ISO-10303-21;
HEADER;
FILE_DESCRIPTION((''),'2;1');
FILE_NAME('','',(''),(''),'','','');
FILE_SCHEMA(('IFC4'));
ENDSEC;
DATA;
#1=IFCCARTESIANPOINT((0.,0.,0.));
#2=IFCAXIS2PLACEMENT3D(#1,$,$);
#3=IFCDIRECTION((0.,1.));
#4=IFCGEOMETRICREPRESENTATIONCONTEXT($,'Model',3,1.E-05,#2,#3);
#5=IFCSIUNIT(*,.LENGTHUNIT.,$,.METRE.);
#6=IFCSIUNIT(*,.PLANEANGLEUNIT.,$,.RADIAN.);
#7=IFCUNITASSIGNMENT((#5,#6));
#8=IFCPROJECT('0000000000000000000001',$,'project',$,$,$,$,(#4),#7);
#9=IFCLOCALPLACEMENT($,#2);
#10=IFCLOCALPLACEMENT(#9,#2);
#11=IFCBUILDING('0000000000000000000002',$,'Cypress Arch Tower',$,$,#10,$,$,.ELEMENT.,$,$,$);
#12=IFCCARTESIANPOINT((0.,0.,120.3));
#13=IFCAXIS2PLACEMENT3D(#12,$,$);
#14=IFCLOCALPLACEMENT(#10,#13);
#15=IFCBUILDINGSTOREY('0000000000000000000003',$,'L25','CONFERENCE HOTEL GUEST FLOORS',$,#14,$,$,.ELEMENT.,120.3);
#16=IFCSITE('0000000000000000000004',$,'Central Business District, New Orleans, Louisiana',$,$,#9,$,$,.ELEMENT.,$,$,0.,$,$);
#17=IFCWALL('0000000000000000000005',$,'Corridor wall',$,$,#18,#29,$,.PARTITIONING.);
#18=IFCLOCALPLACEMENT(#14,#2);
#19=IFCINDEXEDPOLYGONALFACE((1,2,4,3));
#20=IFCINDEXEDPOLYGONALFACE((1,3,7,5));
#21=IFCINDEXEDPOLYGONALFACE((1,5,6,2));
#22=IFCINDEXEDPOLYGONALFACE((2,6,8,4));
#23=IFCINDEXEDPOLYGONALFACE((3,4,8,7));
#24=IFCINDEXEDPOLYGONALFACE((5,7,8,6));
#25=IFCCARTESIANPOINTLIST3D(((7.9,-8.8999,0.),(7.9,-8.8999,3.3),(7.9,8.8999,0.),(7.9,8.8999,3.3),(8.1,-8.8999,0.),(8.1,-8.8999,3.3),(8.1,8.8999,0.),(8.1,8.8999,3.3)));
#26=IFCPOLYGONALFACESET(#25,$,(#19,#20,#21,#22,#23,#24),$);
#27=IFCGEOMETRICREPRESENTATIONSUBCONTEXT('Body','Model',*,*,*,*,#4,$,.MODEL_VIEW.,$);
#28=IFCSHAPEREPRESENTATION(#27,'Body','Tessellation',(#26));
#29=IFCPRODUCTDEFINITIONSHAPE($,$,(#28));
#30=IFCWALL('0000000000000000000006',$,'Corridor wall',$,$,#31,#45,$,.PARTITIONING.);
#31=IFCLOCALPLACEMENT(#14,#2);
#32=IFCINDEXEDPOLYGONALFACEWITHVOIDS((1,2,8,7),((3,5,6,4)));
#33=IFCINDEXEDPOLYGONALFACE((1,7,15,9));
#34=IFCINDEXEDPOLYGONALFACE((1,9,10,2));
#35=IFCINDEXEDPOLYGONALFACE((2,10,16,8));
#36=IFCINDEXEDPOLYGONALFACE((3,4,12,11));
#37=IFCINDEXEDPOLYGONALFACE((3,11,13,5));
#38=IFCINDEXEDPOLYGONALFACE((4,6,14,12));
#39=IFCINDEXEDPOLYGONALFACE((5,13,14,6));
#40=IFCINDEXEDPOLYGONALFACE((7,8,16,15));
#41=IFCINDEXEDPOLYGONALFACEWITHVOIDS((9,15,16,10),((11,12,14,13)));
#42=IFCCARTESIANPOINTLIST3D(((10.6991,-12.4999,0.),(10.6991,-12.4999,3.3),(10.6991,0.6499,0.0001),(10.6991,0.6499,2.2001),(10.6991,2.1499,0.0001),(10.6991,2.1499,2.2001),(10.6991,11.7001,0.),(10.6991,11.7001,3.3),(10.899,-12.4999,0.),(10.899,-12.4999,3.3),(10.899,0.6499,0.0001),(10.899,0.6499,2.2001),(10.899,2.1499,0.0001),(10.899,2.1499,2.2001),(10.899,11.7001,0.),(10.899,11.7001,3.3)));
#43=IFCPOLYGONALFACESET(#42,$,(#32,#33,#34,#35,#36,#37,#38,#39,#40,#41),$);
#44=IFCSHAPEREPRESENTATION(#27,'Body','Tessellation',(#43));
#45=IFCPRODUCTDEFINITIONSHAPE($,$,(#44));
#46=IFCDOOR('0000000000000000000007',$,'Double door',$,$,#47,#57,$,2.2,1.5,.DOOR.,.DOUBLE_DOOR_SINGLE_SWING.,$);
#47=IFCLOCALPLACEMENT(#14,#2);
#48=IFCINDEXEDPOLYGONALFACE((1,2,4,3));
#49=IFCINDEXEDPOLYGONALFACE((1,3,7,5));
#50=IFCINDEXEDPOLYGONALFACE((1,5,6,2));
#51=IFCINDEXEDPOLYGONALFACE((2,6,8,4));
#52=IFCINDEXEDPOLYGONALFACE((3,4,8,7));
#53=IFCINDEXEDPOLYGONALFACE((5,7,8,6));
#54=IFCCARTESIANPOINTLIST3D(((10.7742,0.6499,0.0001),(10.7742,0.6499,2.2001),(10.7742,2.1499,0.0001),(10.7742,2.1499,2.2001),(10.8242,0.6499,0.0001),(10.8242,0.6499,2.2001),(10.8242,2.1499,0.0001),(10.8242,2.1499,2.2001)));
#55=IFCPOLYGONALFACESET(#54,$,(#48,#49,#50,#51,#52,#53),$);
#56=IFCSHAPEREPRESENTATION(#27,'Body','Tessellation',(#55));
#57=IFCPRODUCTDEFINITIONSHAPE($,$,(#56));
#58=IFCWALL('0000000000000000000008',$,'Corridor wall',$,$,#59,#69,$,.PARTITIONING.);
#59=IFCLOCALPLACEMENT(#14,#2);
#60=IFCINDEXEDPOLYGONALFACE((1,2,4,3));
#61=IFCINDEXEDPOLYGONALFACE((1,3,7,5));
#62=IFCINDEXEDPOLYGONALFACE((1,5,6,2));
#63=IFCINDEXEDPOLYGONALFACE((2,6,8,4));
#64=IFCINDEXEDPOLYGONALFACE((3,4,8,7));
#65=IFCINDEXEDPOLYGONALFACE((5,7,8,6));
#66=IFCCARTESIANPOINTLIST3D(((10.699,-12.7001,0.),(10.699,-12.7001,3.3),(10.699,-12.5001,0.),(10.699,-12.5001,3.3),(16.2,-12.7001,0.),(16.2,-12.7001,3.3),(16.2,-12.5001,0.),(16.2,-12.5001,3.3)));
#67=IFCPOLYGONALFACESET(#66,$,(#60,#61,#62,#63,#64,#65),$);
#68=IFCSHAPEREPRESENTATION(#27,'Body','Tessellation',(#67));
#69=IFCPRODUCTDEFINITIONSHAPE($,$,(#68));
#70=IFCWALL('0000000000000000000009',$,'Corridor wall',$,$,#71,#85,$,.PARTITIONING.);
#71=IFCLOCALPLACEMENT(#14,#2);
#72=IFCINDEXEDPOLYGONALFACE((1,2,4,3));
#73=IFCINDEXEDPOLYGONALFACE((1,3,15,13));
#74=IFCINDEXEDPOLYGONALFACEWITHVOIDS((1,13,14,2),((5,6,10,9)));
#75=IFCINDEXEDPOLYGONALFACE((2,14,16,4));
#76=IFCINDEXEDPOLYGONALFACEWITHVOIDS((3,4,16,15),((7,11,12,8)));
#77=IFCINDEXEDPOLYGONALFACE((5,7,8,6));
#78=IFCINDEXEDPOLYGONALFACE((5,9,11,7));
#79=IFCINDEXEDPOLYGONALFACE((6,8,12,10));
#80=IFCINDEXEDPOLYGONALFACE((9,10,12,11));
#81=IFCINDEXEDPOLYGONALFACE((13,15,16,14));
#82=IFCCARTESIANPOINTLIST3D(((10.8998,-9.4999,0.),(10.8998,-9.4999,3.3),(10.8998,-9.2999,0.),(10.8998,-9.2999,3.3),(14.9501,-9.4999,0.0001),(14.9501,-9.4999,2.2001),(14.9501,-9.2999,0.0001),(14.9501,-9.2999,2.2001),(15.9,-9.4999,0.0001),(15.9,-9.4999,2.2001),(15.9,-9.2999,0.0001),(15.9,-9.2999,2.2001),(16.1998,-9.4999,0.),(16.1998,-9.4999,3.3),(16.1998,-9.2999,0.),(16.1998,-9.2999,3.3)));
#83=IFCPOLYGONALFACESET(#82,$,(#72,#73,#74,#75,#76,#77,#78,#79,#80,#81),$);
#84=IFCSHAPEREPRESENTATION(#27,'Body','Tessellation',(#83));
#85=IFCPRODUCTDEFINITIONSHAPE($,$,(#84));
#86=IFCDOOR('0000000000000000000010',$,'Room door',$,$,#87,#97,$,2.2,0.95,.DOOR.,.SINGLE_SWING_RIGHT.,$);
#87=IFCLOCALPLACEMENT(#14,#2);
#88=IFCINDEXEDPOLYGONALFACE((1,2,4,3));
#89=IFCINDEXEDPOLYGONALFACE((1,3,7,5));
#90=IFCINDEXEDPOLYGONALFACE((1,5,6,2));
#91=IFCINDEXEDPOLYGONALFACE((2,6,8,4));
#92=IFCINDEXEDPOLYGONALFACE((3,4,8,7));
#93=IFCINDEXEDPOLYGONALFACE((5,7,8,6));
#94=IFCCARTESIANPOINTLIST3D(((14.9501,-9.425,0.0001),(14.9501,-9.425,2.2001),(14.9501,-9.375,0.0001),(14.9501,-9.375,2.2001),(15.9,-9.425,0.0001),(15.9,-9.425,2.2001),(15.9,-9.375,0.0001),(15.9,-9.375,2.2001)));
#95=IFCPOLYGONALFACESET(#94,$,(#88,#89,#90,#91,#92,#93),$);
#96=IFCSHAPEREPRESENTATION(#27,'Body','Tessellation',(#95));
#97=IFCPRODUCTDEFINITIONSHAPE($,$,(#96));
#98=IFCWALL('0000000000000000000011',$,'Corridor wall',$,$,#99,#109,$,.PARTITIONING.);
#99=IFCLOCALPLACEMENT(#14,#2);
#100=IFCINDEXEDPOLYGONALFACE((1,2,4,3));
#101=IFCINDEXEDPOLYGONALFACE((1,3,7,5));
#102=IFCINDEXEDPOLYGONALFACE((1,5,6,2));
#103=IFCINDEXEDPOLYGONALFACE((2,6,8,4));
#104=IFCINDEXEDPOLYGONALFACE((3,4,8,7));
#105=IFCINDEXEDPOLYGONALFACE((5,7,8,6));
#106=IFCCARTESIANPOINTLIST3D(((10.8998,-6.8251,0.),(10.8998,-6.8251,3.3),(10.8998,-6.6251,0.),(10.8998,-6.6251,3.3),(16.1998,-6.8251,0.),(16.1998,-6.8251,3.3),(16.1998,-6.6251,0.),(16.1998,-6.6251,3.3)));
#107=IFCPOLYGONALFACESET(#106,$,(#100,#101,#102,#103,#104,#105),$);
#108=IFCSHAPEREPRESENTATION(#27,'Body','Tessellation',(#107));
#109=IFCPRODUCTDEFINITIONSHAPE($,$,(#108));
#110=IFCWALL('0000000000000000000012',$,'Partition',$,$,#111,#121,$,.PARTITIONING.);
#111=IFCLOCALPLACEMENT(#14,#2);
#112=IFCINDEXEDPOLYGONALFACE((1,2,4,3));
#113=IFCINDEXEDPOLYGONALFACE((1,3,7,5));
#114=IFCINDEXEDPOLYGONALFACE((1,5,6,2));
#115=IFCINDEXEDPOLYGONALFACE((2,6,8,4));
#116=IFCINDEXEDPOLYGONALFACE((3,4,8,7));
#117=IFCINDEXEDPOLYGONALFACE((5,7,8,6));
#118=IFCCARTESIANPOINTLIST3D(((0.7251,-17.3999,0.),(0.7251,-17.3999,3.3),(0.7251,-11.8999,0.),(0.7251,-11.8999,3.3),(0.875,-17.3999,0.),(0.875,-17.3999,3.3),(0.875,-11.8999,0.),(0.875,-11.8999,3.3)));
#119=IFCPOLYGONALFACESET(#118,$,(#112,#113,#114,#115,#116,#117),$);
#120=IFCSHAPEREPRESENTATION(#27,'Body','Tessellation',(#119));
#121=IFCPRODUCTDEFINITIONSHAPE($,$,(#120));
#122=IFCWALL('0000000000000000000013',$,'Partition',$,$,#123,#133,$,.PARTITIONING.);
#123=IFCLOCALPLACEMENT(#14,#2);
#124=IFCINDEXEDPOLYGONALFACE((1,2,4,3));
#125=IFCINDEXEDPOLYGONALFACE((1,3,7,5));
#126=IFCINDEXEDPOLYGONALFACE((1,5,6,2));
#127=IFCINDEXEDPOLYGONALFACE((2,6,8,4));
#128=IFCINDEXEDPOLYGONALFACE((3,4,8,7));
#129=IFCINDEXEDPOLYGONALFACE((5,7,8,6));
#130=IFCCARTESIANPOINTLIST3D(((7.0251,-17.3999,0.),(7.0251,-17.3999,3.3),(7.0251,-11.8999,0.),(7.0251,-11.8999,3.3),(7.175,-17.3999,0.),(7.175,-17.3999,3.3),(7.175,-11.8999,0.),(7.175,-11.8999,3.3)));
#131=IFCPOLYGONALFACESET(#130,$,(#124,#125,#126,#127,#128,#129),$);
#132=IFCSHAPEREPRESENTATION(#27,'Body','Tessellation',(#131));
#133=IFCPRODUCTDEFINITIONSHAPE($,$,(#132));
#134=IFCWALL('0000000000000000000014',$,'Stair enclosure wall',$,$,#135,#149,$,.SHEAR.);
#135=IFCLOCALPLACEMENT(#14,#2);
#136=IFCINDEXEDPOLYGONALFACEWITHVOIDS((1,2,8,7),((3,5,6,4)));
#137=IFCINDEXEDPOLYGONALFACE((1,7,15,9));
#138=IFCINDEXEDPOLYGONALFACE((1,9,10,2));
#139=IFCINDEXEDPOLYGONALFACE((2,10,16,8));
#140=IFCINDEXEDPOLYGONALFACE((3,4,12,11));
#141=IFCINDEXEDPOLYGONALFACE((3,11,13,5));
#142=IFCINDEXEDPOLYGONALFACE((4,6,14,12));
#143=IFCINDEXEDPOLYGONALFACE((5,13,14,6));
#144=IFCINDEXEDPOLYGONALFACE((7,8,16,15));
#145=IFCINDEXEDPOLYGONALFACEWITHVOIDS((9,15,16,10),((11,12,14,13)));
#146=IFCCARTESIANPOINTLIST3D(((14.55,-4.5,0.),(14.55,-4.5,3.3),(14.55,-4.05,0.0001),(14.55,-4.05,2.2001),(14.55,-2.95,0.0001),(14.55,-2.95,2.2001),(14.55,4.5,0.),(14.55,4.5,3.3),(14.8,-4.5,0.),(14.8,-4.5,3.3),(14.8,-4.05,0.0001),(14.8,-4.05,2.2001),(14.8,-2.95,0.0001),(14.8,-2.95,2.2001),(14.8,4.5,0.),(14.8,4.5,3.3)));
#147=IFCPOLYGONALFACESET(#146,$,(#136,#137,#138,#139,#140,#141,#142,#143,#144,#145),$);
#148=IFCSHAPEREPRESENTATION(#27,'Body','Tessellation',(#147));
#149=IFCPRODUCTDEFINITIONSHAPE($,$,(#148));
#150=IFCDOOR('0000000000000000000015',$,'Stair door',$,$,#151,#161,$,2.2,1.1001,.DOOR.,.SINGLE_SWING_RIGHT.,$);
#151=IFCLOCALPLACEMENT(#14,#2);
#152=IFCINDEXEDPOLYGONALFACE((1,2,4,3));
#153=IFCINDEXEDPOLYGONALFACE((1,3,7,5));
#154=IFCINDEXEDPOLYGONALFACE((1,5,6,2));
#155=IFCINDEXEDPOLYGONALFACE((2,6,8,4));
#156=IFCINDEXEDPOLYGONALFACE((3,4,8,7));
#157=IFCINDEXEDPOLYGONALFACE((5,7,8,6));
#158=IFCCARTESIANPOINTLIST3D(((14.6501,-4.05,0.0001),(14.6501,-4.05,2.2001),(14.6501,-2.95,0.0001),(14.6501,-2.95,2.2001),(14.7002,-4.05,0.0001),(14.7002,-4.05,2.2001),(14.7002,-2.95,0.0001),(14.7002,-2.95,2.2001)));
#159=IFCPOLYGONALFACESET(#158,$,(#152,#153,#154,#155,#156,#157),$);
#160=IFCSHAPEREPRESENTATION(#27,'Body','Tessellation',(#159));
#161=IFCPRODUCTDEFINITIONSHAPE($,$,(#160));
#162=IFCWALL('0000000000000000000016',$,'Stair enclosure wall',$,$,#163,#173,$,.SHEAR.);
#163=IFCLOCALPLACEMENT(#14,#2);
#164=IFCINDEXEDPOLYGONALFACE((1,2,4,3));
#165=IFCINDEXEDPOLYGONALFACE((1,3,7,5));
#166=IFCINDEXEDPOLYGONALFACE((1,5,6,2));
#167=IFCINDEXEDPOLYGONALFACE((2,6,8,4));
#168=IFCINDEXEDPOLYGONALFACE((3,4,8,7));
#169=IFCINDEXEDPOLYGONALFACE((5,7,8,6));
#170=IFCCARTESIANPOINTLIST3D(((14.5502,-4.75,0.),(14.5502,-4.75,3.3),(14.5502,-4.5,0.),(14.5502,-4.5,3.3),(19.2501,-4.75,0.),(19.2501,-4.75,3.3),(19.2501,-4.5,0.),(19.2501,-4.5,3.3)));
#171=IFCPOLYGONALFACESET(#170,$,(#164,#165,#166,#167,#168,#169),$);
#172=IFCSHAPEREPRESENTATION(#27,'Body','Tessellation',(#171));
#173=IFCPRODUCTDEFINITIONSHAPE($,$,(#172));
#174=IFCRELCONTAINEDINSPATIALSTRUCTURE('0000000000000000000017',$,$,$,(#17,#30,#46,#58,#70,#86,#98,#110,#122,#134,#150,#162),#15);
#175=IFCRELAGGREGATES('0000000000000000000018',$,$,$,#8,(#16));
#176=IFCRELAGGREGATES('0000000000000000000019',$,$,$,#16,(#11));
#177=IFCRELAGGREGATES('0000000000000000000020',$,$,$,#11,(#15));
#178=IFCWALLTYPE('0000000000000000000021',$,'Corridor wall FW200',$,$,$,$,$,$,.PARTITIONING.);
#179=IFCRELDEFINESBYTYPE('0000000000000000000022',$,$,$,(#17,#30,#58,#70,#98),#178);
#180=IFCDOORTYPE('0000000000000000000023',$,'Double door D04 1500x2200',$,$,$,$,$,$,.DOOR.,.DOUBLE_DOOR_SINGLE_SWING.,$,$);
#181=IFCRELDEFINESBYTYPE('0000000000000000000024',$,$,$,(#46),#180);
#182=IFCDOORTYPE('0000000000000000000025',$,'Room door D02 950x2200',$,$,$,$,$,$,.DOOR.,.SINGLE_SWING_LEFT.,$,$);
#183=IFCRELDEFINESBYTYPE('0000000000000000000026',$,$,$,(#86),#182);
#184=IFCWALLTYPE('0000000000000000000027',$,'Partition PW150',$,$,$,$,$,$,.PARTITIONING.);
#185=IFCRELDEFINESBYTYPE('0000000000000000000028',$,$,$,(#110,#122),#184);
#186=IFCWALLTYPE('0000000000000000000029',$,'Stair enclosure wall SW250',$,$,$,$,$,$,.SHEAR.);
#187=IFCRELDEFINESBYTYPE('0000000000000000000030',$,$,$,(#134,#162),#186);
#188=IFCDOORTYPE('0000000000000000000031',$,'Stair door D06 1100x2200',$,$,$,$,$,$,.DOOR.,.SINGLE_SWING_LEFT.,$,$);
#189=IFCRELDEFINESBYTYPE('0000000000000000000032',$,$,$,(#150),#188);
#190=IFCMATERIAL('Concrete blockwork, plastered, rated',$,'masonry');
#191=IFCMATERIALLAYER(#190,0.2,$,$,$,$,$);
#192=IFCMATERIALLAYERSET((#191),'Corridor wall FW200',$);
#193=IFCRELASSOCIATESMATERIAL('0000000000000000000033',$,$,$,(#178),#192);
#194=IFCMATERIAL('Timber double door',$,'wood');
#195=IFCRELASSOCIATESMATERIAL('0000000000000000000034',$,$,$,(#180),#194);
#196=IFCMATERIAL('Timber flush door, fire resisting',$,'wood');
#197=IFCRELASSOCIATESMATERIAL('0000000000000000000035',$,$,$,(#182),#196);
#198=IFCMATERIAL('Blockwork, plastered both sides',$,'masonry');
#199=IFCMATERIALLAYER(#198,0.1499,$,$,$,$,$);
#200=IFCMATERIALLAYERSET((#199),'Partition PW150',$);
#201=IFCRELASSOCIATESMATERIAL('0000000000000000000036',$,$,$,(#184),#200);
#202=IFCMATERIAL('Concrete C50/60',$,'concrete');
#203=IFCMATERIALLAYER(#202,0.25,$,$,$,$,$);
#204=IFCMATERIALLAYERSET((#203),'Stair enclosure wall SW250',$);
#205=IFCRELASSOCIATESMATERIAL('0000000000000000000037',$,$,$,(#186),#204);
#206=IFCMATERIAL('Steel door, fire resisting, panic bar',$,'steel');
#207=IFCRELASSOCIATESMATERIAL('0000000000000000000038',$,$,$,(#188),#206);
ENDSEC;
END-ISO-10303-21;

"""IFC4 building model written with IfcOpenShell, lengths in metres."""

from ifc_helpers import new_model, si_unit, direction, frame, frame_2d, origin, place, context, subcontext, project, spatial, rectangle, extrude, material, layer, layer_set, type_object, element, fill, save


model = new_model("IFC4")

# Units and contexts
model_context = context("Model", 3, precision=1e-05, world=origin(), true_north=direction((0.0, 1.0)))
body_context = subcontext(model_context, "Body", "Model", "MODEL_VIEW")
ifc_project = project(units=[si_unit("LENGTHUNIT", "METRE"), si_unit("PLANEANGLEUNIT", "RADIAN")], contexts=[model_context])

# Site, building, storey
site_placement = place(None, origin())
site = spatial("IfcSite", under=ifc_project, at=site_placement, Name="Central Business District, New Orleans, Louisiana", CompositionType="ELEMENT", RefElevation=0.0)
building_placement = place(site_placement, origin())
building = spatial("IfcBuilding", under=site, at=building_placement, Name="Cypress Arch Tower", CompositionType="ELEMENT")
storey_placement = place(building_placement, frame((0.0, 0.0, 120.3)))
storey = spatial("IfcBuildingStorey", under=building, at=storey_placement, Name="L25", Description="CONFERENCE HOTEL GUEST FLOORS", CompositionType="ELEMENT", Elevation=120.3)

# Shared definitions
ifc_material_1 = material(Name="Concrete blockwork, plastered, rated", Category="masonry")
ifc_layer_1 = layer(ifc_material_1, 0.2)
ifc_layer_set_1 = layer_set([ifc_layer_1], Name="Corridor wall FW200")
wall_type_1 = type_object("IfcWallType", Name="Corridor wall FW200", PredefinedType="PARTITIONING", material=ifc_layer_set_1)

# Wall
wall_1_placement = place(storey_placement, frame((8.0, -8.8999, 0.0), z_axis=(0.0, 0.0, 1.0), x_axis=(0.0, 1.0, 0.0)))
element("IfcWall", 1, at=wall_1_placement, inside=storey, type_object=wall_type_1, Name="Corridor wall", PredefinedType="PARTITIONING", context=body_context, shape_type="SweptSolid", body=[
    extrude(rectangle(XDim=17.7998, YDim=0.2, at=frame_2d((8.8999, 0.0))), origin(), (0.0, 0.0, 1.0), 3.3),
])

# Wall, opening, door
wall_2_placement = place(storey_placement, frame((10.7991, -12.5, 0.0), z_axis=(0.0, 0.0, 1.0), x_axis=(0.0, 1.0, 0.0)))
wall_2 = element("IfcWall", 2, at=wall_2_placement, inside=storey, type_object=wall_type_1, Name="Corridor wall", PredefinedType="PARTITIONING", context=body_context, shape_type="SweptSolid", body=[
    extrude(rectangle(XDim=24.2, YDim=0.2, at=frame_2d((12.1001, 0.0))), origin(), (0.0, 0.0, 1.0), 3.3),
])
opening_1_placement = place(wall_2_placement, frame((13.1499, 0.0, 0.0)))
opening_1 = element("IfcOpeningElement", 3, at=opening_1_placement, cuts=wall_2, PredefinedType="OPENING", context=body_context, shape_type="SweptSolid", body=[
    extrude(rectangle(XDim=1.5, YDim=2.2, at=frame_2d((0.75, 1.1001))), frame((0.0, 0.1099, 0.0), z_axis=(0.0, -1.0, 0.0), x_axis=(1.0, 0.0, 0.0)), (0.0, 0.0, 1.0), 0.22),
])
ifc_material_2 = material(Name="Timber double door", Category="wood")
door_type_1 = type_object("IfcDoorType", Name="Double door D04 1500x2200", OperationType="DOUBLE_DOOR_SINGLE_SWING", PredefinedType="DOOR", material=ifc_material_2)
door_1_placement = place(opening_1_placement, origin())
door_1 = element("IfcDoor", 4, at=door_1_placement, inside=storey, type_object=door_type_1, Name="Double door", OperationType="DOUBLE_DOOR_SINGLE_SWING", OverallHeight=2.2, OverallWidth=1.5, PredefinedType="DOOR", context=body_context, shape_type="SweptSolid", body=[
    extrude(rectangle(XDim=1.5, YDim=2.2, at=frame_2d((0.75, 1.1001))), frame((0.0, 0.0249, 0.0), z_axis=(0.0, -1.0, 0.0), x_axis=(1.0, 0.0, 0.0)), (0.0, 0.0, 1.0), 0.05),
])
fill(opening_1, door_1)

# Wall
wall_3_placement = place(storey_placement, frame((10.699, -12.6001, 0.0), z_axis=(0.0, 0.0, 1.0), x_axis=(1.0, 0.0, 0.0)))
element("IfcWall", 5, at=wall_3_placement, inside=storey, type_object=wall_type_1, Name="Corridor wall", PredefinedType="PARTITIONING", context=body_context, shape_type="SweptSolid", body=[
    extrude(rectangle(XDim=5.501, YDim=0.2, at=frame_2d((2.7505, 0.0))), origin(), (0.0, 0.0, 1.0), 3.3),
])

# Wall, opening, door
wall_4_placement = place(storey_placement, frame((10.8999, -9.3999, 0.0), z_axis=(0.0, 0.0, 1.0), x_axis=(1.0, 0.0, 0.0)))
wall_4 = element("IfcWall", 6, at=wall_4_placement, inside=storey, type_object=wall_type_1, Name="Corridor wall", PredefinedType="PARTITIONING", context=body_context, shape_type="SweptSolid", body=[
    extrude(rectangle(XDim=5.3, YDim=0.2, at=frame_2d((2.6499, 0.0))), origin(), (0.0, 0.0, 1.0), 3.3),
])
opening_2_placement = place(wall_4_placement, frame((4.05, 0.0, 0.0)))
opening_2 = element("IfcOpeningElement", 7, at=opening_2_placement, cuts=wall_4, PredefinedType="OPENING", context=body_context, shape_type="SweptSolid", body=[
    extrude(rectangle(XDim=0.95, YDim=2.2, at=frame_2d((0.4751, 1.1001))), frame((0.0, 0.1099, 0.0), z_axis=(0.0, -1.0, 0.0), x_axis=(1.0, 0.0, 0.0)), (0.0, 0.0, 1.0), 0.22),
])
ifc_material_3 = material(Name="Timber flush door, fire resisting", Category="wood")
door_type_2 = type_object("IfcDoorType", Name="Room door D02 950x2200", OperationType="SINGLE_SWING_LEFT", PredefinedType="DOOR", material=ifc_material_3)
door_2_placement = place(opening_2_placement, origin())
door_2 = element("IfcDoor", 8, at=door_2_placement, inside=storey, type_object=door_type_2, Name="Room door", OperationType="SINGLE_SWING_RIGHT", OverallHeight=2.2, OverallWidth=0.95, PredefinedType="DOOR", context=body_context, shape_type="SweptSolid", body=[
    extrude(rectangle(XDim=0.95, YDim=2.2, at=frame_2d((0.4751, 1.1001))), frame((0.0, 0.0249, 0.0), z_axis=(0.0, -1.0, 0.0), x_axis=(1.0, 0.0, 0.0)), (0.0, 0.0, 1.0), 0.05),
])
fill(opening_2, door_2)

# Walls
wall_5_placement = place(storey_placement, frame((10.8999, -6.7251, 0.0), z_axis=(0.0, 0.0, 1.0), x_axis=(1.0, 0.0, 0.0)))
element("IfcWall", 9, at=wall_5_placement, inside=storey, type_object=wall_type_1, Name="Corridor wall", PredefinedType="PARTITIONING", context=body_context, shape_type="SweptSolid", body=[
    extrude(rectangle(XDim=5.3, YDim=0.2, at=frame_2d((2.6499, 0.0))), origin(), (0.0, 0.0, 1.0), 3.3),
])
ifc_material_4 = material(Name="Blockwork, plastered both sides", Category="masonry")
ifc_layer_2 = layer(ifc_material_4, 0.1499)
ifc_layer_set_2 = layer_set([ifc_layer_2], Name="Partition PW150")
wall_type_2 = type_object("IfcWallType", Name="Partition PW150", PredefinedType="PARTITIONING", material=ifc_layer_set_2)
for number, where, z_axis, x_axis, name in (
    (10, (0.8, -17.3999, 0.0), (0.0, 0.0, 1.0), (0.0, 1.0, 0.0), "Partition"),
    (11, (7.1001, -17.3999, 0.0), (0.0, 0.0, 1.0), (0.0, 1.0, 0.0), "Partition"),
):
    element("IfcWall", number, at=place(storey_placement, frame(where, z_axis=z_axis, x_axis=x_axis)), inside=storey, type_object=wall_type_2, Name=name, PredefinedType="PARTITIONING", context=body_context, shape_type="SweptSolid", body=[
        extrude(rectangle(XDim=5.5, YDim=0.1499, at=frame_2d((2.75, 0.0))), origin(), (0.0, 0.0, 1.0), 3.3),
    ])

# Wall, opening, door
ifc_material_5 = material(Name="Concrete C50/60", Category="concrete")
ifc_layer_3 = layer(ifc_material_5, 0.25)
ifc_layer_set_3 = layer_set([ifc_layer_3], Name="Stair enclosure wall SW250")
wall_type_3 = type_object("IfcWallType", Name="Stair enclosure wall SW250", PredefinedType="SHEAR", material=ifc_layer_set_3)
wall_6_placement = place(storey_placement, frame((14.675, -4.5, 0.0), z_axis=(0.0, 0.0, 1.0), x_axis=(0.0, 1.0, 0.0)))
wall_6 = element("IfcWall", 12, at=wall_6_placement, inside=storey, type_object=wall_type_3, Name="Stair enclosure wall", PredefinedType="SHEAR", context=body_context, shape_type="SweptSolid", body=[
    extrude(rectangle(XDim=9.0, YDim=0.25, at=frame_2d((4.5, 0.0))), origin(), (0.0, 0.0, 1.0), 3.3),
])
opening_3_placement = place(wall_6_placement, frame((0.45, 0.0, 0.0)))
opening_3 = element("IfcOpeningElement", 13, at=opening_3_placement, cuts=wall_6, PredefinedType="OPENING", context=body_context, shape_type="SweptSolid", body=[
    extrude(rectangle(XDim=1.1001, YDim=2.2, at=frame_2d((0.55, 1.1001))), frame((0.0, 0.135, 0.0), z_axis=(0.0, -1.0, 0.0), x_axis=(1.0, 0.0, 0.0)), (0.0, 0.0, 1.0), 0.27),
])
ifc_material_6 = material(Name="Steel door, fire resisting, panic bar", Category="steel")
door_type_3 = type_object("IfcDoorType", Name="Stair door D06 1100x2200", OperationType="SINGLE_SWING_LEFT", PredefinedType="DOOR", material=ifc_material_6)
door_3_placement = place(opening_3_placement, origin())
door_3 = element("IfcDoor", 14, at=door_3_placement, inside=storey, type_object=door_type_3, Name="Stair door", OperationType="SINGLE_SWING_RIGHT", OverallHeight=2.2, OverallWidth=1.1001, PredefinedType="DOOR", context=body_context, shape_type="SweptSolid", body=[
    extrude(rectangle(XDim=1.1001, YDim=2.2, at=frame_2d((0.55, 1.1001))), frame((0.0, 0.0249, 0.0), z_axis=(0.0, -1.0, 0.0), x_axis=(1.0, 0.0, 0.0)), (0.0, 0.0, 1.0), 0.05),
])
fill(opening_3, door_3)

# Wall
wall_7_placement = place(storey_placement, frame((14.55, -4.625, 0.0), z_axis=(0.0, 0.0, 1.0), x_axis=(1.0, 0.0, 0.0)))
element("IfcWall", 15, at=wall_7_placement, inside=storey, type_object=wall_type_3, Name="Stair enclosure wall", PredefinedType="SHEAR", context=body_context, shape_type="SweptSolid", body=[
    extrude(rectangle(XDim=4.7, YDim=0.25, at=frame_2d((2.3501, 0.0))), origin(), (0.0, 0.0, 1.0), 3.3),
])

save(model, "model.ifc")
